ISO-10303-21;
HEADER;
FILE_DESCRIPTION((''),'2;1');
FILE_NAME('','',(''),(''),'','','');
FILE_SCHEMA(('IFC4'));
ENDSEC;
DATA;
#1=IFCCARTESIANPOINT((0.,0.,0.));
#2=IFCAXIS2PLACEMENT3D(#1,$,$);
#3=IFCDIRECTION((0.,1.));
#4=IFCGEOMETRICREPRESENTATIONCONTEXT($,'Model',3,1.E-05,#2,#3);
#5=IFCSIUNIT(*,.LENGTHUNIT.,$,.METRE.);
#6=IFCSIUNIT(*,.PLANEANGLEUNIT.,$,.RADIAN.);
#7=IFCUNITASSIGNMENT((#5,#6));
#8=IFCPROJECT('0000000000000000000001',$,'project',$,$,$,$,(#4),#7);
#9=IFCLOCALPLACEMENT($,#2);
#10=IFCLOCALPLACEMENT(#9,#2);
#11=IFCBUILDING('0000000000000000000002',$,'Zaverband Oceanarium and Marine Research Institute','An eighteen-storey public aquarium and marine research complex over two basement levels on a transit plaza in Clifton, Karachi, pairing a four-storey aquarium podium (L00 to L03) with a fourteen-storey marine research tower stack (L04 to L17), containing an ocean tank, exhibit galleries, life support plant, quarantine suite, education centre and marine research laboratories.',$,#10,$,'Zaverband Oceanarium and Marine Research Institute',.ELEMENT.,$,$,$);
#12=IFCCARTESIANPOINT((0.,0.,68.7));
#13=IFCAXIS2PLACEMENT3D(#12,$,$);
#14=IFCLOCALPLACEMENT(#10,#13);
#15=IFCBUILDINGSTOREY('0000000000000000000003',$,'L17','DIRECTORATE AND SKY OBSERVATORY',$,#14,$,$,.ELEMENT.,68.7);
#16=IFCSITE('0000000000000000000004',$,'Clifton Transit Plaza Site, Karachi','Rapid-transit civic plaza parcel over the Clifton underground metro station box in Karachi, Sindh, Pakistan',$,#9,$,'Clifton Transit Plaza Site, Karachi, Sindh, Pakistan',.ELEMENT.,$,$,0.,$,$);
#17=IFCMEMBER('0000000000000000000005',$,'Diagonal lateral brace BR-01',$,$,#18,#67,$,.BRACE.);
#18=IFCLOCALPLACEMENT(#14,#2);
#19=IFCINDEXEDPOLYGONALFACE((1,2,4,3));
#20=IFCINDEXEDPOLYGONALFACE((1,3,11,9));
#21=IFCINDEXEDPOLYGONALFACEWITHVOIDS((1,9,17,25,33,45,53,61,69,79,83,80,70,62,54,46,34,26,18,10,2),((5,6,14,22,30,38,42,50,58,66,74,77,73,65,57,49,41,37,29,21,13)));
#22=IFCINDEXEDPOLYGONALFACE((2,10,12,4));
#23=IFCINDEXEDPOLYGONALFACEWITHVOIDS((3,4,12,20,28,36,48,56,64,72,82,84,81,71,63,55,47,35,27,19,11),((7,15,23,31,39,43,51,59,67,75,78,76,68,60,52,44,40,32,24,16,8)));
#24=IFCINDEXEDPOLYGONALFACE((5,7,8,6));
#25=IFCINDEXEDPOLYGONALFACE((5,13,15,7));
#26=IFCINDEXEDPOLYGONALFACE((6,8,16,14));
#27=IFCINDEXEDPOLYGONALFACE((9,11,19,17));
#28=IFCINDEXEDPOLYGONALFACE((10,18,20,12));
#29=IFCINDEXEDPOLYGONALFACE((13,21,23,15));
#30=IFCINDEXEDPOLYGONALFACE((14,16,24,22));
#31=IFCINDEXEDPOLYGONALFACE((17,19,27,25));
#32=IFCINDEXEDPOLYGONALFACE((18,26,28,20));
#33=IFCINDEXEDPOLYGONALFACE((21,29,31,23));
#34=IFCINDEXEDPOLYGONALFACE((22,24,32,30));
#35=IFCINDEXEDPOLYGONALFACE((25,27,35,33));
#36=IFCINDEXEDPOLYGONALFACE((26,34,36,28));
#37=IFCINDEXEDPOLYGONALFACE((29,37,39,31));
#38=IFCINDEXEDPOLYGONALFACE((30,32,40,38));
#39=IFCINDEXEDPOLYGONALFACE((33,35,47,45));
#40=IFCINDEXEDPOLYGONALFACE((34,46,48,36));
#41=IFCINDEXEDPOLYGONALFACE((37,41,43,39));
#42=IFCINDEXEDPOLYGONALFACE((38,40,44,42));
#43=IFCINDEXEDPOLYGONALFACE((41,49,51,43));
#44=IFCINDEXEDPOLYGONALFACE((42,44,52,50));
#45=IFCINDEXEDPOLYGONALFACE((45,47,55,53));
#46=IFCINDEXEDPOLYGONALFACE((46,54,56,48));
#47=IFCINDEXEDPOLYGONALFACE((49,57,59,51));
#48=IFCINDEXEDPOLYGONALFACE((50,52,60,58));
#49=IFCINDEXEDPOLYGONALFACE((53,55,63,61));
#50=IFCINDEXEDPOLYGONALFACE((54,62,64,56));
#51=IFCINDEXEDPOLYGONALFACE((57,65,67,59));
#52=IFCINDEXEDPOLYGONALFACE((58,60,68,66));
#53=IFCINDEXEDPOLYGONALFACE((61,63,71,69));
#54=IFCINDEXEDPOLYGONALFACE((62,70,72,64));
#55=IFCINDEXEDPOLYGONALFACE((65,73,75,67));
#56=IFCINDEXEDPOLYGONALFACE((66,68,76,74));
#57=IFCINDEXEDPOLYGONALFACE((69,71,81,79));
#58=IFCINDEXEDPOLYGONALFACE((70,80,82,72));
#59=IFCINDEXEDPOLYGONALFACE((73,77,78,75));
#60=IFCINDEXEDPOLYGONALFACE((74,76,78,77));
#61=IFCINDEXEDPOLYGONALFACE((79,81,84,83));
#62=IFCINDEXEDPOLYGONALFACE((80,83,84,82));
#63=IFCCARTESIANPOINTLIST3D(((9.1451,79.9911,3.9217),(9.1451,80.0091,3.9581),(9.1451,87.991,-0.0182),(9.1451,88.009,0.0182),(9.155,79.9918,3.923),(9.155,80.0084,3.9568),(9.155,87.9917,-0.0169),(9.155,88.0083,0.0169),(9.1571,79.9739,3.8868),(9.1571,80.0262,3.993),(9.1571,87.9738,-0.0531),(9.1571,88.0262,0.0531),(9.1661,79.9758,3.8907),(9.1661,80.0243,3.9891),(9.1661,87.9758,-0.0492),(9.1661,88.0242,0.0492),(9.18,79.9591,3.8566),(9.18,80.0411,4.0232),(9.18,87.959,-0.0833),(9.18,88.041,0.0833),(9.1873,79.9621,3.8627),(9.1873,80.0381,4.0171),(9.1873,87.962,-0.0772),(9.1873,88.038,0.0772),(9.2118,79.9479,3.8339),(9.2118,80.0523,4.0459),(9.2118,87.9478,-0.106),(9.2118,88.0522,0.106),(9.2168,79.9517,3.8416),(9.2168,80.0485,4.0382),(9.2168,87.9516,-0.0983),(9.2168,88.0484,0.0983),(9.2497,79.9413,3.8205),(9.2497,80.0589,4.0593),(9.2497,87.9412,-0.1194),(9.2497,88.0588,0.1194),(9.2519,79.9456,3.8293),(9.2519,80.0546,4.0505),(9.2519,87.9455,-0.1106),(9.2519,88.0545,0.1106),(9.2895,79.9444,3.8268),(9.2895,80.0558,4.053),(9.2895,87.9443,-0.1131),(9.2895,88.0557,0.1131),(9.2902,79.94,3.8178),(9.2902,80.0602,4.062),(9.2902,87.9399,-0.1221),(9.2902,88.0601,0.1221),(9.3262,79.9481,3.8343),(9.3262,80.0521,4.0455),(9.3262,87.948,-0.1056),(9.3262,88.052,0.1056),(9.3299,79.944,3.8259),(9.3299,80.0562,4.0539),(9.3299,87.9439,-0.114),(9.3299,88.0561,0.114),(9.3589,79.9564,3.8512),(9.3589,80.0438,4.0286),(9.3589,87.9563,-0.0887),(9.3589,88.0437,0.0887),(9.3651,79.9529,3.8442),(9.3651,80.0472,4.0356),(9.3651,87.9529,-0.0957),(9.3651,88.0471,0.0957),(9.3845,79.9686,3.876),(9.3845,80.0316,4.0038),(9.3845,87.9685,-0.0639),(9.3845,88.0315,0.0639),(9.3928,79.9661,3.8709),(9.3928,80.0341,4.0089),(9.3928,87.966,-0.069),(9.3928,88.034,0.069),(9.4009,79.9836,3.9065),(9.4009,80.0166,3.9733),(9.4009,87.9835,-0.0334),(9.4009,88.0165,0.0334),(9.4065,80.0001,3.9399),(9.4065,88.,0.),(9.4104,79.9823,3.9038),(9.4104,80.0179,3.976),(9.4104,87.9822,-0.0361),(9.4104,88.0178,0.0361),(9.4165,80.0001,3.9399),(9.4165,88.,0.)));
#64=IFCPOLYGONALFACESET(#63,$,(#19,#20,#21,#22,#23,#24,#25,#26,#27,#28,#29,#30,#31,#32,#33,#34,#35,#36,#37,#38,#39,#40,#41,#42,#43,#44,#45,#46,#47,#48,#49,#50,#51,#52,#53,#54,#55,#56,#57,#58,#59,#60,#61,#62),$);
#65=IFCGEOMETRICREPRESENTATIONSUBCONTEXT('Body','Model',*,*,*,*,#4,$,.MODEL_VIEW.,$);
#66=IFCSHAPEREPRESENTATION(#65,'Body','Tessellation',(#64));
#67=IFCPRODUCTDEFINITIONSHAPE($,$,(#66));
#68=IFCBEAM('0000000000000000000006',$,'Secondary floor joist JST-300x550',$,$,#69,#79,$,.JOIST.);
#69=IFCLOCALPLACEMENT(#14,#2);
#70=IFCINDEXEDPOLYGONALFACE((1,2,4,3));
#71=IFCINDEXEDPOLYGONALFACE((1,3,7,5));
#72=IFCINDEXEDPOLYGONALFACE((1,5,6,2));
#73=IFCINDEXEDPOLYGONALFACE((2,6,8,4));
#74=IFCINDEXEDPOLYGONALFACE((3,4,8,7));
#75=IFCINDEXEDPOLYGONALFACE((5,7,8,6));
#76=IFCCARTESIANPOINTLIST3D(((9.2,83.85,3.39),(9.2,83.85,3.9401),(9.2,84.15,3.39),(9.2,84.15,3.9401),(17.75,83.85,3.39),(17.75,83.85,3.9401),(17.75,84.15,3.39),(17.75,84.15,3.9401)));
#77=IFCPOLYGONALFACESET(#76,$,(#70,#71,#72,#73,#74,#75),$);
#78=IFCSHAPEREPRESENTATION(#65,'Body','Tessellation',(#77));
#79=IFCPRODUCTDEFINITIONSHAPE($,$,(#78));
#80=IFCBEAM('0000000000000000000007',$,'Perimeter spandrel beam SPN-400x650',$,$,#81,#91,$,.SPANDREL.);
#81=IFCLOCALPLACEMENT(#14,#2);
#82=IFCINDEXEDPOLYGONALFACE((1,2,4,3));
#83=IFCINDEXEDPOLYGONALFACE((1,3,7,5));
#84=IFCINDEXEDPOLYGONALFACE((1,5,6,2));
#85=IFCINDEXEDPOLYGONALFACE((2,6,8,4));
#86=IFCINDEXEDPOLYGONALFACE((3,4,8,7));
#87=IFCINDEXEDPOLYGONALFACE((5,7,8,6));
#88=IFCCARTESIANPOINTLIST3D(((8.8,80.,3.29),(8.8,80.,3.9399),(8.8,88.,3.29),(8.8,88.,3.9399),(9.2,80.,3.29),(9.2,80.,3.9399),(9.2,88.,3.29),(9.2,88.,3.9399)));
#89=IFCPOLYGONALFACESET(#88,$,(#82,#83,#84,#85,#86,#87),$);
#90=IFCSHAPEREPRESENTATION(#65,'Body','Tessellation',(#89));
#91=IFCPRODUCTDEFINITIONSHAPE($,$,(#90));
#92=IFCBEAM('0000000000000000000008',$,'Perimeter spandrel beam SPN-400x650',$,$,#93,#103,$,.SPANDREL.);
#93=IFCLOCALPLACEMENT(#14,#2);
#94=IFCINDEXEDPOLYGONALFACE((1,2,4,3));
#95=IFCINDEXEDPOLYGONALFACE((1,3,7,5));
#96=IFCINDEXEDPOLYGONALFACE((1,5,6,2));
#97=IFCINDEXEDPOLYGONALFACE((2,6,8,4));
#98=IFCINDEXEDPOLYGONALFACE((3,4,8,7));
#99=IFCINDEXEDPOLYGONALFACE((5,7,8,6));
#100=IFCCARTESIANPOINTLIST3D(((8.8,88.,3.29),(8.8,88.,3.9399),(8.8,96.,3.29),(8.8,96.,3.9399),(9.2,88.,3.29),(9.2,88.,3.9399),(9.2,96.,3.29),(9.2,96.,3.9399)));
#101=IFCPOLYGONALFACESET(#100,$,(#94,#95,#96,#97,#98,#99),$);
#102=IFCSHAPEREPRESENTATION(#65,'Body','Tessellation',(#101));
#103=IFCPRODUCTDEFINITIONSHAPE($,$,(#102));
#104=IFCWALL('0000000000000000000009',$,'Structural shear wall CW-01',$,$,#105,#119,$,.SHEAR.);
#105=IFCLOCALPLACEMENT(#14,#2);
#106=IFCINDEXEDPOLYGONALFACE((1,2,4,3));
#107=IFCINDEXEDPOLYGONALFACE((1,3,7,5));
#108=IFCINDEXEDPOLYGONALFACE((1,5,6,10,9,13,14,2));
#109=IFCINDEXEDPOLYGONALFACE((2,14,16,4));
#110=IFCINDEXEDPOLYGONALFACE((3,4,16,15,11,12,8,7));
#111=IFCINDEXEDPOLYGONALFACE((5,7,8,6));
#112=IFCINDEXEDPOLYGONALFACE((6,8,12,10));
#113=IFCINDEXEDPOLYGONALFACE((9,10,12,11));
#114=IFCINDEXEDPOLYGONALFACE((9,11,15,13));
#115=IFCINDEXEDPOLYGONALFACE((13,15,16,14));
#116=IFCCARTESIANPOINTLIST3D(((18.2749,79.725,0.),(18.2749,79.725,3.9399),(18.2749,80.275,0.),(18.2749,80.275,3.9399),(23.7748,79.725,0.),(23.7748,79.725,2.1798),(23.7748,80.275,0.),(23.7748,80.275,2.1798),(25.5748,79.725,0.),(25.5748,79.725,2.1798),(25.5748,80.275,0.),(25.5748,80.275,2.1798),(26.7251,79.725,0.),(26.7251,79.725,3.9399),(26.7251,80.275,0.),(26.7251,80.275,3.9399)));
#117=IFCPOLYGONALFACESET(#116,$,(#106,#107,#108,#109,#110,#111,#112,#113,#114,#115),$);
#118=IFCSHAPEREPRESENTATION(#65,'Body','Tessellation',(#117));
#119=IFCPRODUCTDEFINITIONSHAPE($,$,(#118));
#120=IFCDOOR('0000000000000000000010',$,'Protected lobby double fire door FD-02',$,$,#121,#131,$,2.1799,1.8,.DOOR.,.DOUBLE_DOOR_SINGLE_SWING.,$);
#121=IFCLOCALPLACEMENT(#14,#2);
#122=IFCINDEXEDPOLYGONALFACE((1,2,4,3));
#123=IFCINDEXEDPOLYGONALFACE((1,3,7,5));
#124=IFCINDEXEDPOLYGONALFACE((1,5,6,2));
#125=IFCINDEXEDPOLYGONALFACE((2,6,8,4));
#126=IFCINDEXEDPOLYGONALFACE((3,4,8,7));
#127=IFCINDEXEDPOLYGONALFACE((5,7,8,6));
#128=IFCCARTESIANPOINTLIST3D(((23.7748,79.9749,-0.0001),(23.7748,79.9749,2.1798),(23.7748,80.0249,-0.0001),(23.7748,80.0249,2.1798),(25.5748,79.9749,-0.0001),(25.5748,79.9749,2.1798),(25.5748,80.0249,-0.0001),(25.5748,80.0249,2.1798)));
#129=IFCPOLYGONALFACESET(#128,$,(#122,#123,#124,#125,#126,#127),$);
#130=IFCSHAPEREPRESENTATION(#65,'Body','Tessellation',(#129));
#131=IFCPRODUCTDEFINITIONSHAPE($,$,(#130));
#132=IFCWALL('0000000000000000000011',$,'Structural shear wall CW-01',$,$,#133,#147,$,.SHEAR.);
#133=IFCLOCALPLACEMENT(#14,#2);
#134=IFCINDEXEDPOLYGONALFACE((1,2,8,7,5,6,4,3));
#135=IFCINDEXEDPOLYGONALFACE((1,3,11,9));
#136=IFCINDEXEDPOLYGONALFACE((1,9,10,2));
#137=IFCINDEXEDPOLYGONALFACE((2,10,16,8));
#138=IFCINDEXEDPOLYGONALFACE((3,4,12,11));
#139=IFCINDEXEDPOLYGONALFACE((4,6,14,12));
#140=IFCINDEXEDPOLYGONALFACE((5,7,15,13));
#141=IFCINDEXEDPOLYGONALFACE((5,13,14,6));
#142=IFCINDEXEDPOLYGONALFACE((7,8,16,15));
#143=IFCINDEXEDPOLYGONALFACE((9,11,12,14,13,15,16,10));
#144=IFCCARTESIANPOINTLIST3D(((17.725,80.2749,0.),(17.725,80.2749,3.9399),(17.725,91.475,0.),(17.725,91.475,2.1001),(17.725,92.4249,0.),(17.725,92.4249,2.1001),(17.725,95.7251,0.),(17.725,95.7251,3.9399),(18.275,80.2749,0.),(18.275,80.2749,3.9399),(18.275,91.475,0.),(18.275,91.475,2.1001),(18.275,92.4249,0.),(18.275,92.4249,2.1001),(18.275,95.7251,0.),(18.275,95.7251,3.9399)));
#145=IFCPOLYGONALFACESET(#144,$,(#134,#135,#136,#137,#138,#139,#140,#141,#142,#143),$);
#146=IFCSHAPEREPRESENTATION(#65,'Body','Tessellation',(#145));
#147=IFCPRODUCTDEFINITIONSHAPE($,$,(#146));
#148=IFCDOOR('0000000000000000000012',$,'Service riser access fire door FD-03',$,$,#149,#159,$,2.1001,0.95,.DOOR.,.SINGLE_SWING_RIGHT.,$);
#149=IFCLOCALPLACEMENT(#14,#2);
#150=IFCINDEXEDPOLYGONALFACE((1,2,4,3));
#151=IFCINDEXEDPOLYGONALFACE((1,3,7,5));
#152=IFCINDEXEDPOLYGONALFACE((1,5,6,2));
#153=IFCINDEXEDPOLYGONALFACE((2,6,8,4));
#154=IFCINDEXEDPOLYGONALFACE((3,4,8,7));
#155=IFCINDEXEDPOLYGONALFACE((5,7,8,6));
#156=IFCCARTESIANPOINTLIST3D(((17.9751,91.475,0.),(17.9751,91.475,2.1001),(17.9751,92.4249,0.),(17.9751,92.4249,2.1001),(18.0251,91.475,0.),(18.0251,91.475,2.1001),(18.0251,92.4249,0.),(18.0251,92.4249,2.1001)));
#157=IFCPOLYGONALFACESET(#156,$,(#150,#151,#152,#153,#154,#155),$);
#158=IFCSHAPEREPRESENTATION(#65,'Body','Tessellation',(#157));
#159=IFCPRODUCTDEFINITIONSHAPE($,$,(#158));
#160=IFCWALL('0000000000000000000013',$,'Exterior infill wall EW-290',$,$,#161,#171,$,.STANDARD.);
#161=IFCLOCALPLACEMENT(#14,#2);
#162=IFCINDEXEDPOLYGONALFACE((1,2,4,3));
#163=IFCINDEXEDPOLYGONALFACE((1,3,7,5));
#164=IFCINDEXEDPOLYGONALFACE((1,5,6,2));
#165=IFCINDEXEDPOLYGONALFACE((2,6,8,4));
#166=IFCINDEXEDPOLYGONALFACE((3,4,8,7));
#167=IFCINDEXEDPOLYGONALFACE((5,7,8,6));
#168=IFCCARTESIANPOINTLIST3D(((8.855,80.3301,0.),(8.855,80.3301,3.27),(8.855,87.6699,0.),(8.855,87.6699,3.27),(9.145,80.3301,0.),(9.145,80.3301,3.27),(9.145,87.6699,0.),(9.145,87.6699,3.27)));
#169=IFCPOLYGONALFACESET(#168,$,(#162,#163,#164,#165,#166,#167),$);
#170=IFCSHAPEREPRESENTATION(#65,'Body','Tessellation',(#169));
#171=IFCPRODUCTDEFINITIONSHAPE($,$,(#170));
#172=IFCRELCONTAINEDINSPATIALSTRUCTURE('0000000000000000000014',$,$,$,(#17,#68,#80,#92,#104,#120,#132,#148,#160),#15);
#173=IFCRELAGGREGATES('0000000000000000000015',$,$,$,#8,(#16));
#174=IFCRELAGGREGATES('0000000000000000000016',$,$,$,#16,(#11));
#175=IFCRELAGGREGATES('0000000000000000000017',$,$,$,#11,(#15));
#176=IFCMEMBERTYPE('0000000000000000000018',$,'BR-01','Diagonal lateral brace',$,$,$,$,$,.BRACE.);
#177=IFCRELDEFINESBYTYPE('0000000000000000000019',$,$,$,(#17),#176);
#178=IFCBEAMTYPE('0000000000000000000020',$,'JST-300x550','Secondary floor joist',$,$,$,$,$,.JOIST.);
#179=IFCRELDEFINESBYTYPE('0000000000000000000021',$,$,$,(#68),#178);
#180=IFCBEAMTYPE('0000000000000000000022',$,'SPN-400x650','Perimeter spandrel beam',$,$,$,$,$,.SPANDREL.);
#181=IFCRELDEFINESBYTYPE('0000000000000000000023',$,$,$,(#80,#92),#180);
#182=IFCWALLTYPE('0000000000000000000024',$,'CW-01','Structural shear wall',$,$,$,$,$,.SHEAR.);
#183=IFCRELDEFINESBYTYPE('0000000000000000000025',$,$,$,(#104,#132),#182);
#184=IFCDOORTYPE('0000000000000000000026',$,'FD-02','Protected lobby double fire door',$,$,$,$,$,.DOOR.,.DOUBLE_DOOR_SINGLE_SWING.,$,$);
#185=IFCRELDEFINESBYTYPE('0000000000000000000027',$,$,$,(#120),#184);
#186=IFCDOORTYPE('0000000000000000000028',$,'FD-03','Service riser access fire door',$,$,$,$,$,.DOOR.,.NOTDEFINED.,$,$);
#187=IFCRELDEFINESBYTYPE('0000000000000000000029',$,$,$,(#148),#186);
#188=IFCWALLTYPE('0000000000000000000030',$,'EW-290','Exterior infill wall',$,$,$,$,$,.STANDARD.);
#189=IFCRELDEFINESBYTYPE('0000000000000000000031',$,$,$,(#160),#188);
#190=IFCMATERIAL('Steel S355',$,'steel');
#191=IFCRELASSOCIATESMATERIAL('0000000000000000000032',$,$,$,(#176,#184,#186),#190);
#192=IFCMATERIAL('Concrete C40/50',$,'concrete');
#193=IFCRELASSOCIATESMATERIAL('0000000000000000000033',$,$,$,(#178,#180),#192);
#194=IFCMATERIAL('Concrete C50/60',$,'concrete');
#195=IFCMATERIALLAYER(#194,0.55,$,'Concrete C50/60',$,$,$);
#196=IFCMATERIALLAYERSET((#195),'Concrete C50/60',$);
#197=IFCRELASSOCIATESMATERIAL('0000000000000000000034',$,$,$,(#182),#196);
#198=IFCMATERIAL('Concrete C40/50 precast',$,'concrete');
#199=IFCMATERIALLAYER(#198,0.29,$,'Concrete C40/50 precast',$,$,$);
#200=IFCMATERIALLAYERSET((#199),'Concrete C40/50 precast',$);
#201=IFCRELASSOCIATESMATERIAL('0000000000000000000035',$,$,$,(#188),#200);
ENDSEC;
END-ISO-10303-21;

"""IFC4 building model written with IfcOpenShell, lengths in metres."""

from ifc_helpers import new_model, si_unit, direction, frame, frame_2d, origin, origin_2d, place, context, subcontext, project, spatial, rectangle, hollow_circle, extrude, material, layer, layer_set, material_profile, profile_set, type_object, element, fill, save


model = new_model("IFC4")

# Units and contexts
model_context = context("Model", 3, precision=1e-05, world=origin(), true_north=direction((0.0, 1.0)))
body_context = subcontext(model_context, "Body", "Model", "MODEL_VIEW")
ifc_project = project(units=[si_unit("LENGTHUNIT", "METRE"), si_unit("PLANEANGLEUNIT", "RADIAN")], contexts=[model_context])

# Site, building, storey
site_placement = place(None, origin())
site = spatial("IfcSite", under=ifc_project, at=site_placement, Name="Clifton Transit Plaza Site, Karachi", Description="Rapid-transit civic plaza parcel over the Clifton underground metro station box in Karachi, Sindh, Pakistan", LongName="Clifton Transit Plaza Site, Karachi, Sindh, Pakistan", CompositionType="ELEMENT", RefElevation=0.0)
building_placement = place(site_placement, origin())
building = spatial("IfcBuilding", under=site, at=building_placement, Name="Zaverband Oceanarium and Marine Research Institute", Description="An eighteen-storey public aquarium and marine research complex over two basement levels on a transit plaza in Clifton, Karachi, pairing a four-storey aquarium podium (L00 to L03) with a fourteen-storey marine research tower stack (L04 to L17), containing an ocean tank, exhibit galleries, life support plant, quarantine suite, education centre and marine research laboratories.", LongName="Zaverband Oceanarium and Marine Research Institute", CompositionType="ELEMENT")
storey_placement = place(building_placement, frame((0.0, 0.0, 68.7)))
storey = spatial("IfcBuildingStorey", under=building, at=storey_placement, Name="L17", Description="DIRECTORATE AND SKY OBSERVATORY", CompositionType="ELEMENT", Elevation=68.7)

# Shared definitions
ifc_material_1 = material(Name="Concrete C50/60", Category="concrete")

# Shared definitions
ifc_material_2 = material(Name="Concrete C40/50", Category="concrete")

# Member
ifc_material_3 = material(Name="Steel S355", Category="steel")
ifc_material_profile_1 = material_profile(ifc_material_3, hollow_circle(Radius=0.1365, WallThickness=0.01, at=origin_2d()), Name="CHS273x10")
ifc_profile_set_1 = profile_set([ifc_material_profile_1], Name="Steel S355")
member_type = type_object("IfcMemberType", Name="BR-01", Description="Diagonal lateral brace", PredefinedType="BRACE", material=ifc_profile_set_1)
for number, where, z_axis, x_axis, name in (
    (1, (9.28, 88.0, 0.0), (0.0, -0.897105, 0.441818), (1.0, 0.0, 0.0), "Diagonal lateral brace BR-01"),
):
    element("IfcMember", number, at=place(storey_placement, frame(where, z_axis=z_axis, x_axis=x_axis)), inside=storey, type_object=member_type, Name=name, PredefinedType="BRACE", context=body_context, shape_type="SweptSolid", body=[
        extrude(hollow_circle(Radius=0.1365, WallThickness=0.01, at=origin_2d()), origin(), (0.0, 0.0, 1.0), 8.9175),
    ])

# Beams
ifc_material_profile_2 = material_profile(ifc_material_2, rectangle(XDim=0.3, YDim=0.55, at=origin_2d()), Name="RC300x550")
ifc_profile_set_2 = profile_set([ifc_material_profile_2], Name="Concrete C40/50")
beam_type_1 = type_object("IfcBeamType", Name="JST-300x550", Description="Secondary floor joist", PredefinedType="JOIST", material=ifc_profile_set_2)
beam_placement = place(storey_placement, frame((9.2, 84.0, 3.665), z_axis=(1.0, 0.0, 0.0), x_axis=(0.0, 1.0, 0.0)))
element("IfcBeam", 2, at=beam_placement, inside=storey, type_object=beam_type_1, Name="Secondary floor joist JST-300x550", PredefinedType="JOIST", context=body_context, shape_type="SweptSolid", body=[
    extrude(rectangle(XDim=0.3, YDim=0.55, at=origin_2d()), origin(), (0.0, 0.0, 1.0), 8.55),
])
ifc_material_profile_3 = material_profile(ifc_material_2, rectangle(XDim=0.3999, YDim=0.6499, at=origin_2d()), Name="RC400x650")
ifc_profile_set_3 = profile_set([ifc_material_profile_3], Name="Concrete C40/50")
beam_type_2 = type_object("IfcBeamType", Name="SPN-400x650", Description="Perimeter spandrel beam", PredefinedType="SPANDREL", material=ifc_profile_set_3)
for number, where, z_axis, x_axis, name in (
    (3, (9.0, 80.0, 3.615), (0.0, 1.0, 0.0), (-1.0, 0.0, 0.0), "Perimeter spandrel beam SPN-400x650"),
    (4, (9.0, 88.0, 3.615), (0.0, 1.0, 0.0), (-1.0, 0.0, 0.0), "Perimeter spandrel beam SPN-400x650"),
):
    element("IfcBeam", number, at=place(storey_placement, frame(where, z_axis=z_axis, x_axis=x_axis)), inside=storey, type_object=beam_type_2, Name=name, PredefinedType="SPANDREL", context=body_context, shape_type="SweptSolid", body=[
        extrude(rectangle(XDim=0.3999, YDim=0.6499, at=origin_2d()), origin(), (0.0, 0.0, 1.0), 8.0),
    ])

# Walls, openings, doors
ifc_layer_1 = layer(ifc_material_1, 0.55, Name="Concrete C50/60")
ifc_layer_set_1 = layer_set([ifc_layer_1], Name="Concrete C50/60")
wall_type_1 = type_object("IfcWallType", Name="CW-01", Description="Structural shear wall", PredefinedType="SHEAR", material=ifc_layer_set_1)
wall_1_placement = place(storey_placement, frame((18.2749, 80.0, 0.0), z_axis=(0.0, 0.0, 1.0), x_axis=(1.0, 0.0, 0.0)))
wall_1 = element("IfcWall", 5, at=wall_1_placement, inside=storey, type_object=wall_type_1, Name="Structural shear wall CW-01", PredefinedType="SHEAR", context=body_context, shape_type="SweptSolid", body=[
    extrude(rectangle(XDim=8.4502, YDim=0.55, at=frame_2d((4.2251, 0.0))), origin(), (0.0, 0.0, 1.0), 3.9399),
])
opening_1_placement = place(wall_1_placement, frame((5.5, 0.0, 0.0)))
opening_1 = element("IfcOpeningElement", 6, at=opening_1_placement, cuts=wall_1, PredefinedType="OPENING", context=body_context, shape_type="SweptSolid", body=[
    extrude(rectangle(XDim=1.8, YDim=2.1799, at=frame_2d((0.8999, 1.0898))), frame((0.0, 0.2871, 0.0), z_axis=(0.0, -1.0, 0.0), x_axis=(1.0, 0.0, 0.0)), (0.0, 0.0, 1.0), 0.574),
])
door_type_1 = type_object("IfcDoorType", Name="FD-02", Description="Protected lobby double fire door", OperationType="DOUBLE_DOOR_SINGLE_SWING", PredefinedType="DOOR", material=ifc_material_3)
door_1_placement = place(opening_1_placement, origin())
door_1 = element("IfcDoor", 7, at=door_1_placement, inside=storey, type_object=door_type_1, Name="Protected lobby double fire door FD-02", OperationType="DOUBLE_DOOR_SINGLE_SWING", OverallHeight=2.1799, OverallWidth=1.8, PredefinedType="DOOR", context=body_context, shape_type="SweptSolid", body=[
    extrude(rectangle(XDim=1.8, YDim=2.1799, at=frame_2d((0.8999, 1.0898))), frame((0.0, 0.0249, 0.0), z_axis=(0.0, -1.0, 0.0), x_axis=(1.0, 0.0, 0.0)), (0.0, 0.0, 1.0), 0.05),
])
fill(opening_1, door_1)
wall_2_placement = place(storey_placement, frame((18.0, 80.2749, 0.0), z_axis=(0.0, 0.0, 1.0), x_axis=(0.0, 1.0, 0.0)))
wall_2 = element("IfcWall", 8, at=wall_2_placement, inside=storey, type_object=wall_type_1, Name="Structural shear wall CW-01", PredefinedType="SHEAR", context=body_context, shape_type="SweptSolid", body=[
    extrude(rectangle(XDim=15.4502, YDim=0.55, at=frame_2d((7.7251, 0.0))), origin(), (0.0, 0.0, 1.0), 3.9399),
])
opening_2_placement = place(wall_2_placement, frame((11.2, 0.0, 0.0)))
opening_2 = element("IfcOpeningElement", 9, at=opening_2_placement, cuts=wall_2, PredefinedType="OPENING", context=body_context, shape_type="SweptSolid", body=[
    extrude(rectangle(XDim=0.95, YDim=2.1001, at=frame_2d((0.4751, 1.05))), frame((0.0, 0.2871, 0.0), z_axis=(0.0, -1.0, 0.0), x_axis=(1.0, 0.0, 0.0)), (0.0, 0.0, 1.0), 0.574),
])
door_type_2 = type_object("IfcDoorType", Name="FD-03", Description="Service riser access fire door", OperationType="NOTDEFINED", PredefinedType="DOOR", material=ifc_material_3)
door_2_placement = place(opening_2_placement, origin())
door_2 = element("IfcDoor", 10, at=door_2_placement, inside=storey, type_object=door_type_2, Name="Service riser access fire door FD-03", OperationType="SINGLE_SWING_RIGHT", OverallHeight=2.1001, OverallWidth=0.95, PredefinedType="DOOR", context=body_context, shape_type="SweptSolid", body=[
    extrude(rectangle(XDim=0.95, YDim=2.1001, at=frame_2d((0.4751, 1.05))), frame((0.0, 0.0249, 0.0), z_axis=(0.0, -1.0, 0.0), x_axis=(1.0, 0.0, 0.0)), (0.0, 0.0, 1.0), 0.05),
])
fill(opening_2, door_2)

# Wall
ifc_material_4 = material(Name="Concrete C40/50 precast", Category="concrete")
ifc_layer_2 = layer(ifc_material_4, 0.29, Name="Concrete C40/50 precast")
ifc_layer_set_2 = layer_set([ifc_layer_2], Name="Concrete C40/50 precast")
wall_type_2 = type_object("IfcWallType", Name="EW-290", Description="Exterior infill wall", PredefinedType="STANDARD", material=ifc_layer_set_2)
wall_3_placement = place(storey_placement, frame((9.0, 80.3301, 0.0), z_axis=(0.0, 0.0, 1.0), x_axis=(0.0, 1.0, 0.0)))
element("IfcWall", 11, at=wall_3_placement, inside=storey, type_object=wall_type_2, Name="Exterior infill wall EW-290", PredefinedType="STANDARD", context=body_context, shape_type="SweptSolid", body=[
    extrude(rectangle(XDim=7.3398, YDim=0.29, at=frame_2d((3.6699, 0.0))), origin(), (0.0, 0.0, 1.0), 3.27),
])

save(model, "model.ifc")
